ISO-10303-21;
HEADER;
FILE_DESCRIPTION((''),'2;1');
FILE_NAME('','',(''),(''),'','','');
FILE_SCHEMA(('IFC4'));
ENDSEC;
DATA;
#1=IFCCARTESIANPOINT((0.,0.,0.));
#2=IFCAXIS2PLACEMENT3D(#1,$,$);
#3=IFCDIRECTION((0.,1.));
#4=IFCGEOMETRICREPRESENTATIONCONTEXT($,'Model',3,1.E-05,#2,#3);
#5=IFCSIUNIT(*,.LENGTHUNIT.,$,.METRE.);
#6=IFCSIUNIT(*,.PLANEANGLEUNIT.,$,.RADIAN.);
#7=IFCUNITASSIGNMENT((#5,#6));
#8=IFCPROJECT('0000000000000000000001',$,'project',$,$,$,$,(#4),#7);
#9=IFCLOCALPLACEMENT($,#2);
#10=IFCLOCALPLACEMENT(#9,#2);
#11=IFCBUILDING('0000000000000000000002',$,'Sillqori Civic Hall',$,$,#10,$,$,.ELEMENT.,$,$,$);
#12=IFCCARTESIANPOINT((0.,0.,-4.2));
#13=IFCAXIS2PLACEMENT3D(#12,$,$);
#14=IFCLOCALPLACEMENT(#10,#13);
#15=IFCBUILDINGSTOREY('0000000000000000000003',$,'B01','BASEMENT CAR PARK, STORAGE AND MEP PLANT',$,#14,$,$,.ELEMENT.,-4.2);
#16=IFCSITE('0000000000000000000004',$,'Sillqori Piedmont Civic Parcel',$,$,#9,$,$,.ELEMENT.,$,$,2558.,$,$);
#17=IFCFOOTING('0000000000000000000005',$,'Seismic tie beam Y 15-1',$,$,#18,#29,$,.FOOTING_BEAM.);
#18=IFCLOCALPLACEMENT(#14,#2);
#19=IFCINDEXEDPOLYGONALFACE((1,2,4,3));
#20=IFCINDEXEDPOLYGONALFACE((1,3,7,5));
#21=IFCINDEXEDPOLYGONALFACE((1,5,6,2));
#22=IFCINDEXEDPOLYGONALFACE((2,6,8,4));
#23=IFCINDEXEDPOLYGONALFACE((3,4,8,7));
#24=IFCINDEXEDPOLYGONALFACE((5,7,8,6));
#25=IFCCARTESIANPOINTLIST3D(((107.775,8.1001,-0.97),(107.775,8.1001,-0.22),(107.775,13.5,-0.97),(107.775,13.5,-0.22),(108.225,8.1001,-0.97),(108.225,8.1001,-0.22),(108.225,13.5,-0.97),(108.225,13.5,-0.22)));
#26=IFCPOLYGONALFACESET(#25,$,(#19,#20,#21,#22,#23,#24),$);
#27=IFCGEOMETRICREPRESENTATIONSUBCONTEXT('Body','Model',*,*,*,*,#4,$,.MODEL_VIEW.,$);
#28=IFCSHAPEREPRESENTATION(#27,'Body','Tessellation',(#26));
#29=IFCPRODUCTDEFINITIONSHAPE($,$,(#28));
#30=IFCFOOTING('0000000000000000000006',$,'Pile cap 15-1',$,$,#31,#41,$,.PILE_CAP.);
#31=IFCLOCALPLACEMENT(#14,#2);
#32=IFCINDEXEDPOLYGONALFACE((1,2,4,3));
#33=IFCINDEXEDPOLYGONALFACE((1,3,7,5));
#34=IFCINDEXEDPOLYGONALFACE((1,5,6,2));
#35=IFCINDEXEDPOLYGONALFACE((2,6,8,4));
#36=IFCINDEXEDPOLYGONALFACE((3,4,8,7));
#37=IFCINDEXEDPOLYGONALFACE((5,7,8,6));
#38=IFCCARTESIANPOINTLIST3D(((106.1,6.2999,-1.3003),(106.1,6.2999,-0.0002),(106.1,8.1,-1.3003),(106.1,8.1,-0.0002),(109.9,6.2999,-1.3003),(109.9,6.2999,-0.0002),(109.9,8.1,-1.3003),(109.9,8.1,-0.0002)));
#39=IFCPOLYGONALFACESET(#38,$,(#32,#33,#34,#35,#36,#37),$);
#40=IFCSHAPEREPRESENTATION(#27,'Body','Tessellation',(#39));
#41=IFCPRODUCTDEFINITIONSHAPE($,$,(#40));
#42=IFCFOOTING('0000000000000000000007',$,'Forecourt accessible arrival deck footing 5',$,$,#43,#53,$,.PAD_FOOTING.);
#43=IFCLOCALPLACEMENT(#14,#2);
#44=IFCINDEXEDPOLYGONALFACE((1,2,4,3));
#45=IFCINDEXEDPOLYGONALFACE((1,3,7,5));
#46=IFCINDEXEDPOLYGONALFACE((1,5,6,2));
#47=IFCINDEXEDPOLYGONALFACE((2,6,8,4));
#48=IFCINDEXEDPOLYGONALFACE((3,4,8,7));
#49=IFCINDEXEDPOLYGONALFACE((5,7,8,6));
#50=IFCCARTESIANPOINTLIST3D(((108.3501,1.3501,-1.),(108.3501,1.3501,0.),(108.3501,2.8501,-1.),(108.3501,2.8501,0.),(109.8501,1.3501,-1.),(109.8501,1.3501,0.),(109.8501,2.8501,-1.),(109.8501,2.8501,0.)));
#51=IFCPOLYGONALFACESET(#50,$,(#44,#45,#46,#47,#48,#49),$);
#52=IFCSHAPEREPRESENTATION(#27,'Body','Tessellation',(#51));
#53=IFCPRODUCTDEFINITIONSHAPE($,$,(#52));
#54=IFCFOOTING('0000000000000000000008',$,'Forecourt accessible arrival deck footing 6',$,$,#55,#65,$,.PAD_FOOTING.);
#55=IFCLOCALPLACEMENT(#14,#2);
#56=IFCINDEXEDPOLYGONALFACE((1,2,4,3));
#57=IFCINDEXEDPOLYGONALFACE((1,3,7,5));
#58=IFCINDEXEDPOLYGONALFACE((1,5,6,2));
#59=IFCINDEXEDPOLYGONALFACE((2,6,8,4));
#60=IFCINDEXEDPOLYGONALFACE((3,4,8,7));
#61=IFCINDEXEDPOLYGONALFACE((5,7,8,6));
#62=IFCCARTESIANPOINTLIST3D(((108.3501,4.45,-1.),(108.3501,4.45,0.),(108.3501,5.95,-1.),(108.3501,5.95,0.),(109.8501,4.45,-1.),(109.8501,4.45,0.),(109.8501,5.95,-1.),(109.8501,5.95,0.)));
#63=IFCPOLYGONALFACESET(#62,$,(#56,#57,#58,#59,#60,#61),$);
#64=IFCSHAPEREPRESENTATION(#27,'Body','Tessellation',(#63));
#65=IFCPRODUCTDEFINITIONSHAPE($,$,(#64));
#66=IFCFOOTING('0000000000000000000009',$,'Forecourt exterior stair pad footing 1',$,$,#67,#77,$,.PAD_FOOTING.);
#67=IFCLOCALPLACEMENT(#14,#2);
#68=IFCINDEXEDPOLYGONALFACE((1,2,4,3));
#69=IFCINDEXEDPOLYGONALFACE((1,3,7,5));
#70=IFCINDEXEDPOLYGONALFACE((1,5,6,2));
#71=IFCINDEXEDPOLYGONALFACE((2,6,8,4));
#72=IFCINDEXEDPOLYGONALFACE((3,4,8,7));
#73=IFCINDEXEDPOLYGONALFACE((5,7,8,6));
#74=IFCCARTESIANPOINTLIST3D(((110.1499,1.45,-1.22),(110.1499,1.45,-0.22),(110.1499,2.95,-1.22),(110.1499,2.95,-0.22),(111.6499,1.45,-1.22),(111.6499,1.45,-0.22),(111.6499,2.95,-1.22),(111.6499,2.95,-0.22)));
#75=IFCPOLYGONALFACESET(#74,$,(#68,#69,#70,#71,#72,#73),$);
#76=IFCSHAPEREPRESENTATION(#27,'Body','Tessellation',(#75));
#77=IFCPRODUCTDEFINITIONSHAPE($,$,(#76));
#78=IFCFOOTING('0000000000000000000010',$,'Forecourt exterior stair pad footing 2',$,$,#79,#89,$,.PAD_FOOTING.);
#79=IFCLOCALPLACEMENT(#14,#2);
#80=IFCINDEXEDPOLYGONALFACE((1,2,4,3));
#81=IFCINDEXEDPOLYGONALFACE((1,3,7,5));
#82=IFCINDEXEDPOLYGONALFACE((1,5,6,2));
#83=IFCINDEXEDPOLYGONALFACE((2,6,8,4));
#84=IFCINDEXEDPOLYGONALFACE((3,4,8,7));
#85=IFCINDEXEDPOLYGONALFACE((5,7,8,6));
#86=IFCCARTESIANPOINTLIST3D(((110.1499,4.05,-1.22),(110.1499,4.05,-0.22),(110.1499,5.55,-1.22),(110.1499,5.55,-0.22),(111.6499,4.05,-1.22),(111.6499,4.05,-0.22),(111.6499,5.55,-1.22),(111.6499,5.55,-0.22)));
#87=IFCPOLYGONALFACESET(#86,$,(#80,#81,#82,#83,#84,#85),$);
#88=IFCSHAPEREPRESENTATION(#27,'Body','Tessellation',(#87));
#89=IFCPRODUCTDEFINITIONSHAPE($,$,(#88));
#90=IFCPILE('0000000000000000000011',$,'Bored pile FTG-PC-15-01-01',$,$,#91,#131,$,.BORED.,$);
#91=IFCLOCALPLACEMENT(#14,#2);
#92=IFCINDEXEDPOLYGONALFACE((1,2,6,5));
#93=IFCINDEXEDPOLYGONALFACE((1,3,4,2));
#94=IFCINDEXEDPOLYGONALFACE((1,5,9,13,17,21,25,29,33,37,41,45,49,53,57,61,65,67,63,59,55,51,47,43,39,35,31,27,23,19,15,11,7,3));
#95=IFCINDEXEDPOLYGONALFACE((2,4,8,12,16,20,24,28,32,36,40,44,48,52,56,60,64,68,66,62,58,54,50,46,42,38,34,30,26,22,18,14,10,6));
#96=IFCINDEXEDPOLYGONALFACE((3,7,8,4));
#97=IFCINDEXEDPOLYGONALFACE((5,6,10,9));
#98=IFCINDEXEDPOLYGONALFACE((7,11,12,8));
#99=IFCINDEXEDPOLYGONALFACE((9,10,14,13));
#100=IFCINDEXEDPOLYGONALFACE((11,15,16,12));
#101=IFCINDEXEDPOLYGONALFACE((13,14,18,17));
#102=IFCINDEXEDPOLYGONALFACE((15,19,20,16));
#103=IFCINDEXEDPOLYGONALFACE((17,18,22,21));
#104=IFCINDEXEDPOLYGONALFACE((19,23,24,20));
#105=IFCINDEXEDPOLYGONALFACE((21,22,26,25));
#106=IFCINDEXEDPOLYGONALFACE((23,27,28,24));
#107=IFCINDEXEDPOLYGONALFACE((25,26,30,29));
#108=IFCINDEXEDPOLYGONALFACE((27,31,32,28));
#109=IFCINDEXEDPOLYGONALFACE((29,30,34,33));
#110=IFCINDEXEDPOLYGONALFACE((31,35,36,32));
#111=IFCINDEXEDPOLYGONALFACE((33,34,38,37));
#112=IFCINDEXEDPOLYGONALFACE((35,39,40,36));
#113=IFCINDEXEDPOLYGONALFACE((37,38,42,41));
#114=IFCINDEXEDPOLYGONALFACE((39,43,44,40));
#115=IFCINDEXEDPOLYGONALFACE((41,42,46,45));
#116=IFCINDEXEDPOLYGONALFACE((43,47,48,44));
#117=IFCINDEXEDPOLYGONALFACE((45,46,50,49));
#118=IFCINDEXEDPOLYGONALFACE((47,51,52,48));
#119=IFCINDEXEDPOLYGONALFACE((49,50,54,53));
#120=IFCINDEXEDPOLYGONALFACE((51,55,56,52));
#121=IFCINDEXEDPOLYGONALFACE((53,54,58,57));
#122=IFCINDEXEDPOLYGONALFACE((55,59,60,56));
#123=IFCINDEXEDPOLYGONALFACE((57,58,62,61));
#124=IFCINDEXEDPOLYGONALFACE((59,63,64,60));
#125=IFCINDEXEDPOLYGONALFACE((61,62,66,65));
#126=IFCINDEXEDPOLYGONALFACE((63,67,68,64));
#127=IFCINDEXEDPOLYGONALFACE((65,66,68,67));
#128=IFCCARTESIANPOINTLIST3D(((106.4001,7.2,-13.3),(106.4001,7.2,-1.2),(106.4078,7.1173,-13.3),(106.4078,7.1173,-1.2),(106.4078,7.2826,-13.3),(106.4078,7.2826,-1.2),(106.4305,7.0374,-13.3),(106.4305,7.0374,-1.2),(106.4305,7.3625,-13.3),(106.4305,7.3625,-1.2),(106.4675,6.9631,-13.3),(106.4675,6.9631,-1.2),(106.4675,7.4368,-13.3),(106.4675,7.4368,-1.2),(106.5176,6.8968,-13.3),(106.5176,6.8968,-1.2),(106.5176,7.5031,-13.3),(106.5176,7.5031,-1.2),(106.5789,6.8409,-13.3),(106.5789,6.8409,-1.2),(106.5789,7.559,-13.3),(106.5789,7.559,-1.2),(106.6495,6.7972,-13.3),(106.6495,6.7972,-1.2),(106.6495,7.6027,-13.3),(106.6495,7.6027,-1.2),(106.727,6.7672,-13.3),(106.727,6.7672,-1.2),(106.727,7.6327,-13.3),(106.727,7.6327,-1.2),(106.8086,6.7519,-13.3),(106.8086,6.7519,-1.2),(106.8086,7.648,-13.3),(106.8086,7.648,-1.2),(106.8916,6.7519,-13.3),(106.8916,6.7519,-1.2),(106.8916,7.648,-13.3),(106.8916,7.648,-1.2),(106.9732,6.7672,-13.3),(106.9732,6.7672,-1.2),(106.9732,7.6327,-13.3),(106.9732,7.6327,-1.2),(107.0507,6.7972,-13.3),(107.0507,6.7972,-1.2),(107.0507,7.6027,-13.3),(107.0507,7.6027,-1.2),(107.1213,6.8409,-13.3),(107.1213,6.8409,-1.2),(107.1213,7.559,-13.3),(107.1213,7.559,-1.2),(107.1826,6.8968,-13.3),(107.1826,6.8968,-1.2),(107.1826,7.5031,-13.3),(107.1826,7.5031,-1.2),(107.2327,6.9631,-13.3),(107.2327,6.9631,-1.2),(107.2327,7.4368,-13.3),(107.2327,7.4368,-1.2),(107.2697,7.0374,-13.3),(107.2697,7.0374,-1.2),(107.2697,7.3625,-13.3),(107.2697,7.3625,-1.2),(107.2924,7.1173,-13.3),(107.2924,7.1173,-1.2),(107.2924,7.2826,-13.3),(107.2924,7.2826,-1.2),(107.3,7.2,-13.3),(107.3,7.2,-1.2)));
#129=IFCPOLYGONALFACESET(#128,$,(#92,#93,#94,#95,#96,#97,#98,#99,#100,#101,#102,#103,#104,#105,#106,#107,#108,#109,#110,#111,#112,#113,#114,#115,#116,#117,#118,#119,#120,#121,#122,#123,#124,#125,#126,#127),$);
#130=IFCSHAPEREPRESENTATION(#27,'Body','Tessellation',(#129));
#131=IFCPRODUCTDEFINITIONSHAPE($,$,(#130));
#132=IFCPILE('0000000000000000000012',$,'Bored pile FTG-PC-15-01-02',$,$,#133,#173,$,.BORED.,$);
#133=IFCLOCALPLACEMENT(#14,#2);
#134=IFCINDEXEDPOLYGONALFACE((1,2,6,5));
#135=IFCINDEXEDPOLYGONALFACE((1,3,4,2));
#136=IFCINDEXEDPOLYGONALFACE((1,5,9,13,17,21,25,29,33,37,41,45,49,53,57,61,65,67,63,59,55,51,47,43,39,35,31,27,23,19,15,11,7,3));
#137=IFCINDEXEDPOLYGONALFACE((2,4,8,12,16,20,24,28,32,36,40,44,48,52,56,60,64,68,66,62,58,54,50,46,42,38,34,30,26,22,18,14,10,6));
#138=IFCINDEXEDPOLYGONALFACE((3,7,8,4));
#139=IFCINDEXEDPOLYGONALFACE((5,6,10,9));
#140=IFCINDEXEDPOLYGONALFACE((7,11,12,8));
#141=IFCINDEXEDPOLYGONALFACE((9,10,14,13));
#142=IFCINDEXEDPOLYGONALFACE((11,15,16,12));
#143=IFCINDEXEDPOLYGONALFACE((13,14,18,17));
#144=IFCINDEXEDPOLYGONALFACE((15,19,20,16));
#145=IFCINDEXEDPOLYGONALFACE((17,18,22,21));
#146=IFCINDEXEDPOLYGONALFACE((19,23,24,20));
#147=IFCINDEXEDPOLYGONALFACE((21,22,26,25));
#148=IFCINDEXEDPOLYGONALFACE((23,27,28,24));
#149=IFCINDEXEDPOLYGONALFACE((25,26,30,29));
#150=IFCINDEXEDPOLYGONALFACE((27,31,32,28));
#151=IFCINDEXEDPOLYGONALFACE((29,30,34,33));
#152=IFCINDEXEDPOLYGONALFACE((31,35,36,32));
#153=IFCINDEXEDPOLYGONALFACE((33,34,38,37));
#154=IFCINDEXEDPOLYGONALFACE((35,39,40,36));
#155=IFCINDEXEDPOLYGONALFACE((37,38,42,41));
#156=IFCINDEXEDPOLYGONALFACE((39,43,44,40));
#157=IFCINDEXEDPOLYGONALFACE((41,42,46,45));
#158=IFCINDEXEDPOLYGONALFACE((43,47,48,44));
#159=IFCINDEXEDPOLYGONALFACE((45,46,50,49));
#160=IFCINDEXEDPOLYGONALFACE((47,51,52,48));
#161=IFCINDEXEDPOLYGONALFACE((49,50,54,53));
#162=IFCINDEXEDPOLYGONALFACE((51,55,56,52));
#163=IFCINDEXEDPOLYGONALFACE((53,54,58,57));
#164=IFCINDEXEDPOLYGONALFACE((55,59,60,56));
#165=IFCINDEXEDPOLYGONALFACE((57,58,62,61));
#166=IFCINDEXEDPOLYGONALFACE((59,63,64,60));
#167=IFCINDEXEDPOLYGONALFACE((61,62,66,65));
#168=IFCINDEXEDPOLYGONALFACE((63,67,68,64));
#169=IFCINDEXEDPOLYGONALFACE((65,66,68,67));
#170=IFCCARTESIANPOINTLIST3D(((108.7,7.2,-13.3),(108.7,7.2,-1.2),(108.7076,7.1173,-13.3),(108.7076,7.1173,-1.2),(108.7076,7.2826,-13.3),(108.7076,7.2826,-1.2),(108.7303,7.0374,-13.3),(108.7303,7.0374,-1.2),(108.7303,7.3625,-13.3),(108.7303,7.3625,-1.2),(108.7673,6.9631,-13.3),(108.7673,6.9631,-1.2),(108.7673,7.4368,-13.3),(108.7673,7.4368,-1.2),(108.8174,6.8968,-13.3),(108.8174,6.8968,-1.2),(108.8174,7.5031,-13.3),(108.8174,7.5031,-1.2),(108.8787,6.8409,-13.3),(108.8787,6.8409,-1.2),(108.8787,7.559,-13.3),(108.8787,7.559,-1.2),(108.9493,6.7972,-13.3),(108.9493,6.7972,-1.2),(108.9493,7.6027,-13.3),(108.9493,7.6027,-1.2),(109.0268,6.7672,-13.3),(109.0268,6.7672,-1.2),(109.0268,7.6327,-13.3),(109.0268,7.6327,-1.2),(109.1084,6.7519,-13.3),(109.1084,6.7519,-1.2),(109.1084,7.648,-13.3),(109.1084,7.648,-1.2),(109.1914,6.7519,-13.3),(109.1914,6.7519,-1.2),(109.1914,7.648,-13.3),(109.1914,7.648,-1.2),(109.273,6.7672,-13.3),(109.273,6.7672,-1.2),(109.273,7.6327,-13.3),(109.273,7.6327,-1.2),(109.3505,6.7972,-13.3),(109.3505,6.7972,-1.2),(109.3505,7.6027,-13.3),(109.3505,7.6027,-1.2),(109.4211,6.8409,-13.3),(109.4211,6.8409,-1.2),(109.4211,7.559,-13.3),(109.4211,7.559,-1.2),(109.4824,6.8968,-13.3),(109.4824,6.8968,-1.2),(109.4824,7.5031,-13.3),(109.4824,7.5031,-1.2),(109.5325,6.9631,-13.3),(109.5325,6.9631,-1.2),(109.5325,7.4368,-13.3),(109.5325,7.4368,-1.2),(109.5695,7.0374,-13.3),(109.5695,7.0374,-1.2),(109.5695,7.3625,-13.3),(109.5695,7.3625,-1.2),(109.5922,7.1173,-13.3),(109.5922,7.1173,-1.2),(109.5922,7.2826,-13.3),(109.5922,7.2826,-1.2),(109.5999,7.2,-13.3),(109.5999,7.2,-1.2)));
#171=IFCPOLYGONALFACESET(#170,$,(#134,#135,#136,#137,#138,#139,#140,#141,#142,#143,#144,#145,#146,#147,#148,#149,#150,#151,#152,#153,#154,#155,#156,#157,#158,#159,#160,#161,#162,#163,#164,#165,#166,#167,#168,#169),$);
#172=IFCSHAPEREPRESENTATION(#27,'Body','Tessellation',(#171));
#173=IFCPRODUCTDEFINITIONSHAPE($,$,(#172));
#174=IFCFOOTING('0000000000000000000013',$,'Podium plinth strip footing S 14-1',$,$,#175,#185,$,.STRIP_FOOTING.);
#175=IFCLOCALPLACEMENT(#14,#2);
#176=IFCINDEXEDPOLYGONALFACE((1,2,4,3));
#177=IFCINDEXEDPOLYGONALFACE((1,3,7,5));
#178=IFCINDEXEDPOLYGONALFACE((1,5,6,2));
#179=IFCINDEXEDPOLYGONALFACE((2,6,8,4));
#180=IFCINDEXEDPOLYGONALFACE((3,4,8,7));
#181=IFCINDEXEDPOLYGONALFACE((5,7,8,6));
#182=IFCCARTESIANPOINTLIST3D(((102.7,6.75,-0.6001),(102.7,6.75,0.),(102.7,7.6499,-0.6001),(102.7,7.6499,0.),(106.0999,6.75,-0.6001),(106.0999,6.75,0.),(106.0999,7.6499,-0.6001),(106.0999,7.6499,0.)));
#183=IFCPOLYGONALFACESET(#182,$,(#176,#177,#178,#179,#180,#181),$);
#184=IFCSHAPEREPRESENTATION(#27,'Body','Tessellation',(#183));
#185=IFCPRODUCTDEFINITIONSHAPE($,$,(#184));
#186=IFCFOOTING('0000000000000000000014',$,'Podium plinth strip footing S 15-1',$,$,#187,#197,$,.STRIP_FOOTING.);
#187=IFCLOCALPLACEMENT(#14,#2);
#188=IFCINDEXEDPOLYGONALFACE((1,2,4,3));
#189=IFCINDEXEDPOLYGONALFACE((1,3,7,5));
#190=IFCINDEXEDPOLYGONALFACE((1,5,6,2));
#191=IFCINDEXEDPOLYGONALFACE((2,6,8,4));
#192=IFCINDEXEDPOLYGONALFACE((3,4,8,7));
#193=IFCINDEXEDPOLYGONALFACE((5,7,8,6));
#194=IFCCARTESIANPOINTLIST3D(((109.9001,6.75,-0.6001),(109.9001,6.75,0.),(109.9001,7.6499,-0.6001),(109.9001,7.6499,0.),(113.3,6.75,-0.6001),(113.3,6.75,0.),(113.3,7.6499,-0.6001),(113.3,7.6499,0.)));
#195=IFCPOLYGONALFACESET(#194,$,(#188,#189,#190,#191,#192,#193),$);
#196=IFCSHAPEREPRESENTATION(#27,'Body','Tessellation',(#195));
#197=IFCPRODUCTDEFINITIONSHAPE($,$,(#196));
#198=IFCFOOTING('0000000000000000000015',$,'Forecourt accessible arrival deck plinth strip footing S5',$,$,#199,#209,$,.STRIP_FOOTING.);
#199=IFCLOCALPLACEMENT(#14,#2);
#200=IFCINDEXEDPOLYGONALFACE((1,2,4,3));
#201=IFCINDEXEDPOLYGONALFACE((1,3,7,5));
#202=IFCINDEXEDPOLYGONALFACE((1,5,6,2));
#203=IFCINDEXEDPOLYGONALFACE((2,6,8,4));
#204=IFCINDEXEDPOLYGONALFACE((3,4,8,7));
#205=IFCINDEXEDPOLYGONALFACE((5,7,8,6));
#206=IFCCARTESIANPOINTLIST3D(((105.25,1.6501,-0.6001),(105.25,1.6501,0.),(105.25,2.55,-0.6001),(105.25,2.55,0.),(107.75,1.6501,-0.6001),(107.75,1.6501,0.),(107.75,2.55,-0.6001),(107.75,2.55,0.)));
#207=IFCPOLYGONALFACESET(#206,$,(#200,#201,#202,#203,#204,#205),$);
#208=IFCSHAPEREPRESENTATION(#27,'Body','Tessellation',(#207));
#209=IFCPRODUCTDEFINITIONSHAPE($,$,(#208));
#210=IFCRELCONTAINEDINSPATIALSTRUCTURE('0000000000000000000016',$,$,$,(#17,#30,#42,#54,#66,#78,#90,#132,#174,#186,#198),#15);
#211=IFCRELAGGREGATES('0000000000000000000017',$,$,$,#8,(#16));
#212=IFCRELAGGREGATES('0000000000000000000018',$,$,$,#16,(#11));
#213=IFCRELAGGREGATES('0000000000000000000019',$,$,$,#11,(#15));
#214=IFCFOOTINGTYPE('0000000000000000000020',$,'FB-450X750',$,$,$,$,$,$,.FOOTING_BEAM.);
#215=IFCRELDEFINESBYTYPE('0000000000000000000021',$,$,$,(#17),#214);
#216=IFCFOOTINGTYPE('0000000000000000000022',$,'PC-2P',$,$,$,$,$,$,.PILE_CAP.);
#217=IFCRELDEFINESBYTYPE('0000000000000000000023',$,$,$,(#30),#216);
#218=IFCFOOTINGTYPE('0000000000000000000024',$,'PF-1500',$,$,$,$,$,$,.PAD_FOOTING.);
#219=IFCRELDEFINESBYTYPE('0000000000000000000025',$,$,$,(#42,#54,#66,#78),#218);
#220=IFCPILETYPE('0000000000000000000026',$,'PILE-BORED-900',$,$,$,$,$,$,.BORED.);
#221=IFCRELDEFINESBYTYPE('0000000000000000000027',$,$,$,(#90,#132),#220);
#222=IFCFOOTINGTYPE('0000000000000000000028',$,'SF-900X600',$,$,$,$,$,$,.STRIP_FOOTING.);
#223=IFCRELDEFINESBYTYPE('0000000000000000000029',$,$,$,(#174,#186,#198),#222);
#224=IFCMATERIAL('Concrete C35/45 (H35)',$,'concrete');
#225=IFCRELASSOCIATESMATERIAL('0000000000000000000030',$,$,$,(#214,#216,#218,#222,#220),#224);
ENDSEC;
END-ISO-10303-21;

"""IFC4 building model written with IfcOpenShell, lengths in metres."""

from ifc_helpers import new_model, si_unit, direction, frame, origin, origin_2d, place, context, subcontext, project, spatial, rectangle, circle, extrude, material, material_profile, profile_set, type_object, element, save


model = new_model("IFC4")

# Units and contexts
model_context = context("Model", 3, precision=1e-05, world=origin(), true_north=direction((0.0, 1.0)))
body_context = subcontext(model_context, "Body", "Model", "MODEL_VIEW")
ifc_project = project(units=[si_unit("LENGTHUNIT", "METRE"), si_unit("PLANEANGLEUNIT", "RADIAN")], contexts=[model_context])

# Site, building, storey
site_placement = place(None, origin())
site = spatial("IfcSite", under=ifc_project, at=site_placement, Name="Sillqori Piedmont Civic Parcel", CompositionType="ELEMENT", RefElevation=2558.0)
building_placement = place(site_placement, origin())
building = spatial("IfcBuilding", under=site, at=building_placement, Name="Sillqori Civic Hall", CompositionType="ELEMENT")
storey_placement = place(building_placement, frame((0.0, 0.0, -4.2)))
storey = spatial("IfcBuildingStorey", under=building, at=storey_placement, Name="B01", Description="BASEMENT CAR PARK, STORAGE AND MEP PLANT", CompositionType="ELEMENT", Elevation=-4.2)

# Footings
ifc_material_1 = material(Name="Concrete C35/45 (H35)", Category="concrete")
footing_type_1 = type_object("IfcFootingType", Name="FB-450X750", PredefinedType="FOOTING_BEAM", material=ifc_material_1)
footing_1_placement = place(storey_placement, frame((108.0, 10.8, -0.97), z_axis=(0.0, 0.0, 1.0), x_axis=(1.0, 0.0, 0.0)))
element("IfcFooting", 1, at=footing_1_placement, inside=storey, type_object=footing_type_1, Name="Seismic tie beam Y 15-1", PredefinedType="FOOTING_BEAM", context=body_context, shape_type="SweptSolid", body=[
    extrude(rectangle(XDim=0.45, YDim=5.3999, at=origin_2d()), origin(), (0.0, 0.0, 1.0), 0.75),
])
footing_type_2 = type_object("IfcFootingType", Name="PC-2P", PredefinedType="PILE_CAP", material=ifc_material_1)
footing_2_placement = place(storey_placement, frame((108.0, 7.2, -1.3003), z_axis=(0.0, 0.0, 1.0), x_axis=(1.0, 0.0, 0.0)))
element("IfcFooting", 2, at=footing_2_placement, inside=storey, type_object=footing_type_2, Name="Pile cap 15-1", PredefinedType="PILE_CAP", context=body_context, shape_type="SweptSolid", body=[
    extrude(rectangle(XDim=3.8, YDim=1.8, at=origin_2d()), origin(), (0.0, 0.0, 1.0), 1.3),
])
footing_type_3 = type_object("IfcFootingType", Name="PF-1500", PredefinedType="PAD_FOOTING", material=ifc_material_1)
for number, where, z_axis, x_axis, name in (
    (3, (109.1001, 2.1001, -1.0), (0.0, 0.0, 1.0), (1.0, 0.0, 0.0), "Forecourt accessible arrival deck footing 5"),
    (4, (109.1001, 5.2, -1.0), (0.0, 0.0, 1.0), (1.0, 0.0, 0.0), "Forecourt accessible arrival deck footing 6"),
    (5, (110.8999, 2.2, -1.22), (0.0, 0.0, 1.0), (1.0, 0.0, 0.0), "Forecourt exterior stair pad footing 1"),
    (6, (110.8999, 4.8, -1.22), (0.0, 0.0, 1.0), (1.0, 0.0, 0.0), "Forecourt exterior stair pad footing 2"),
):
    element("IfcFooting", number, at=place(storey_placement, frame(where, z_axis=z_axis, x_axis=x_axis)), inside=storey, type_object=footing_type_3, Name=name, PredefinedType="PAD_FOOTING", context=body_context, shape_type="SweptSolid", body=[
        extrude(rectangle(XDim=1.5, YDim=1.5, at=origin_2d()), origin(), (0.0, 0.0, 1.0), 1.0),
    ])

# Piles
ifc_material_profile_1 = material_profile(ifc_material_1, circle(Radius=0.45, at=origin_2d()), Name="BORED PILE 900")
ifc_profile_set_1 = profile_set([ifc_material_profile_1], Name="Concrete C35/45 (H35)")
pile_type = type_object("IfcPileType", Name="PILE-BORED-900", PredefinedType="BORED", material=ifc_profile_set_1)
for number, where, z_axis, x_axis, name in (
    (7, (106.8501, 7.2, -1.2), (0.0, 0.0, -1.0), (1.0, 0.0, 0.0), "Bored pile FTG-PC-15-01-01"),
    (8, (109.1499, 7.2, -1.2), (0.0, 0.0, -1.0), (1.0, 0.0, 0.0), "Bored pile FTG-PC-15-01-02"),
):
    element("IfcPile", number, at=place(storey_placement, frame(where, z_axis=z_axis, x_axis=x_axis)), inside=storey, type_object=pile_type, Name=name, PredefinedType="BORED", context=body_context, shape_type="SweptSolid", body=[
        extrude(circle(Radius=0.45, at=origin_2d()), origin(), (0.0, 0.0, 1.0), 12.1001),
    ])

# Footings
footing_type_4 = type_object("IfcFootingType", Name="SF-900X600", PredefinedType="STRIP_FOOTING", material=ifc_material_1)
for number, where, z_axis, x_axis, name in (
    (9, (104.3999, 7.2, -0.6001), (0.0, 0.0, 1.0), (1.0, 0.0, 0.0), "Podium plinth strip footing S 14-1"),
    (10, (111.6001, 7.2, -0.6001), (0.0, 0.0, 1.0), (1.0, 0.0, 0.0), "Podium plinth strip footing S 15-1"),
):
    element("IfcFooting", number, at=place(storey_placement, frame(where, z_axis=z_axis, x_axis=x_axis)), inside=storey, type_object=footing_type_4, Name=name, PredefinedType="STRIP_FOOTING", context=body_context, shape_type="SweptSolid", body=[
        extrude(rectangle(XDim=3.3999, YDim=0.8999, at=origin_2d()), origin(), (0.0, 0.0, 1.0), 0.6001),
    ])
footing_3_placement = place(storey_placement, frame((106.5, 2.1001, -0.6001), z_axis=(0.0, 0.0, 1.0), x_axis=(1.0, 0.0, 0.0)))
element("IfcFooting", 11, at=footing_3_placement, inside=storey, type_object=footing_type_4, Name="Forecourt accessible arrival deck plinth strip footing S5", PredefinedType="STRIP_FOOTING", context=body_context, shape_type="SweptSolid", body=[
    extrude(rectangle(XDim=2.5, YDim=0.8999, at=origin_2d()), origin(), (0.0, 0.0, 1.0), 0.6001),
])

save(model, "model.ifc")
